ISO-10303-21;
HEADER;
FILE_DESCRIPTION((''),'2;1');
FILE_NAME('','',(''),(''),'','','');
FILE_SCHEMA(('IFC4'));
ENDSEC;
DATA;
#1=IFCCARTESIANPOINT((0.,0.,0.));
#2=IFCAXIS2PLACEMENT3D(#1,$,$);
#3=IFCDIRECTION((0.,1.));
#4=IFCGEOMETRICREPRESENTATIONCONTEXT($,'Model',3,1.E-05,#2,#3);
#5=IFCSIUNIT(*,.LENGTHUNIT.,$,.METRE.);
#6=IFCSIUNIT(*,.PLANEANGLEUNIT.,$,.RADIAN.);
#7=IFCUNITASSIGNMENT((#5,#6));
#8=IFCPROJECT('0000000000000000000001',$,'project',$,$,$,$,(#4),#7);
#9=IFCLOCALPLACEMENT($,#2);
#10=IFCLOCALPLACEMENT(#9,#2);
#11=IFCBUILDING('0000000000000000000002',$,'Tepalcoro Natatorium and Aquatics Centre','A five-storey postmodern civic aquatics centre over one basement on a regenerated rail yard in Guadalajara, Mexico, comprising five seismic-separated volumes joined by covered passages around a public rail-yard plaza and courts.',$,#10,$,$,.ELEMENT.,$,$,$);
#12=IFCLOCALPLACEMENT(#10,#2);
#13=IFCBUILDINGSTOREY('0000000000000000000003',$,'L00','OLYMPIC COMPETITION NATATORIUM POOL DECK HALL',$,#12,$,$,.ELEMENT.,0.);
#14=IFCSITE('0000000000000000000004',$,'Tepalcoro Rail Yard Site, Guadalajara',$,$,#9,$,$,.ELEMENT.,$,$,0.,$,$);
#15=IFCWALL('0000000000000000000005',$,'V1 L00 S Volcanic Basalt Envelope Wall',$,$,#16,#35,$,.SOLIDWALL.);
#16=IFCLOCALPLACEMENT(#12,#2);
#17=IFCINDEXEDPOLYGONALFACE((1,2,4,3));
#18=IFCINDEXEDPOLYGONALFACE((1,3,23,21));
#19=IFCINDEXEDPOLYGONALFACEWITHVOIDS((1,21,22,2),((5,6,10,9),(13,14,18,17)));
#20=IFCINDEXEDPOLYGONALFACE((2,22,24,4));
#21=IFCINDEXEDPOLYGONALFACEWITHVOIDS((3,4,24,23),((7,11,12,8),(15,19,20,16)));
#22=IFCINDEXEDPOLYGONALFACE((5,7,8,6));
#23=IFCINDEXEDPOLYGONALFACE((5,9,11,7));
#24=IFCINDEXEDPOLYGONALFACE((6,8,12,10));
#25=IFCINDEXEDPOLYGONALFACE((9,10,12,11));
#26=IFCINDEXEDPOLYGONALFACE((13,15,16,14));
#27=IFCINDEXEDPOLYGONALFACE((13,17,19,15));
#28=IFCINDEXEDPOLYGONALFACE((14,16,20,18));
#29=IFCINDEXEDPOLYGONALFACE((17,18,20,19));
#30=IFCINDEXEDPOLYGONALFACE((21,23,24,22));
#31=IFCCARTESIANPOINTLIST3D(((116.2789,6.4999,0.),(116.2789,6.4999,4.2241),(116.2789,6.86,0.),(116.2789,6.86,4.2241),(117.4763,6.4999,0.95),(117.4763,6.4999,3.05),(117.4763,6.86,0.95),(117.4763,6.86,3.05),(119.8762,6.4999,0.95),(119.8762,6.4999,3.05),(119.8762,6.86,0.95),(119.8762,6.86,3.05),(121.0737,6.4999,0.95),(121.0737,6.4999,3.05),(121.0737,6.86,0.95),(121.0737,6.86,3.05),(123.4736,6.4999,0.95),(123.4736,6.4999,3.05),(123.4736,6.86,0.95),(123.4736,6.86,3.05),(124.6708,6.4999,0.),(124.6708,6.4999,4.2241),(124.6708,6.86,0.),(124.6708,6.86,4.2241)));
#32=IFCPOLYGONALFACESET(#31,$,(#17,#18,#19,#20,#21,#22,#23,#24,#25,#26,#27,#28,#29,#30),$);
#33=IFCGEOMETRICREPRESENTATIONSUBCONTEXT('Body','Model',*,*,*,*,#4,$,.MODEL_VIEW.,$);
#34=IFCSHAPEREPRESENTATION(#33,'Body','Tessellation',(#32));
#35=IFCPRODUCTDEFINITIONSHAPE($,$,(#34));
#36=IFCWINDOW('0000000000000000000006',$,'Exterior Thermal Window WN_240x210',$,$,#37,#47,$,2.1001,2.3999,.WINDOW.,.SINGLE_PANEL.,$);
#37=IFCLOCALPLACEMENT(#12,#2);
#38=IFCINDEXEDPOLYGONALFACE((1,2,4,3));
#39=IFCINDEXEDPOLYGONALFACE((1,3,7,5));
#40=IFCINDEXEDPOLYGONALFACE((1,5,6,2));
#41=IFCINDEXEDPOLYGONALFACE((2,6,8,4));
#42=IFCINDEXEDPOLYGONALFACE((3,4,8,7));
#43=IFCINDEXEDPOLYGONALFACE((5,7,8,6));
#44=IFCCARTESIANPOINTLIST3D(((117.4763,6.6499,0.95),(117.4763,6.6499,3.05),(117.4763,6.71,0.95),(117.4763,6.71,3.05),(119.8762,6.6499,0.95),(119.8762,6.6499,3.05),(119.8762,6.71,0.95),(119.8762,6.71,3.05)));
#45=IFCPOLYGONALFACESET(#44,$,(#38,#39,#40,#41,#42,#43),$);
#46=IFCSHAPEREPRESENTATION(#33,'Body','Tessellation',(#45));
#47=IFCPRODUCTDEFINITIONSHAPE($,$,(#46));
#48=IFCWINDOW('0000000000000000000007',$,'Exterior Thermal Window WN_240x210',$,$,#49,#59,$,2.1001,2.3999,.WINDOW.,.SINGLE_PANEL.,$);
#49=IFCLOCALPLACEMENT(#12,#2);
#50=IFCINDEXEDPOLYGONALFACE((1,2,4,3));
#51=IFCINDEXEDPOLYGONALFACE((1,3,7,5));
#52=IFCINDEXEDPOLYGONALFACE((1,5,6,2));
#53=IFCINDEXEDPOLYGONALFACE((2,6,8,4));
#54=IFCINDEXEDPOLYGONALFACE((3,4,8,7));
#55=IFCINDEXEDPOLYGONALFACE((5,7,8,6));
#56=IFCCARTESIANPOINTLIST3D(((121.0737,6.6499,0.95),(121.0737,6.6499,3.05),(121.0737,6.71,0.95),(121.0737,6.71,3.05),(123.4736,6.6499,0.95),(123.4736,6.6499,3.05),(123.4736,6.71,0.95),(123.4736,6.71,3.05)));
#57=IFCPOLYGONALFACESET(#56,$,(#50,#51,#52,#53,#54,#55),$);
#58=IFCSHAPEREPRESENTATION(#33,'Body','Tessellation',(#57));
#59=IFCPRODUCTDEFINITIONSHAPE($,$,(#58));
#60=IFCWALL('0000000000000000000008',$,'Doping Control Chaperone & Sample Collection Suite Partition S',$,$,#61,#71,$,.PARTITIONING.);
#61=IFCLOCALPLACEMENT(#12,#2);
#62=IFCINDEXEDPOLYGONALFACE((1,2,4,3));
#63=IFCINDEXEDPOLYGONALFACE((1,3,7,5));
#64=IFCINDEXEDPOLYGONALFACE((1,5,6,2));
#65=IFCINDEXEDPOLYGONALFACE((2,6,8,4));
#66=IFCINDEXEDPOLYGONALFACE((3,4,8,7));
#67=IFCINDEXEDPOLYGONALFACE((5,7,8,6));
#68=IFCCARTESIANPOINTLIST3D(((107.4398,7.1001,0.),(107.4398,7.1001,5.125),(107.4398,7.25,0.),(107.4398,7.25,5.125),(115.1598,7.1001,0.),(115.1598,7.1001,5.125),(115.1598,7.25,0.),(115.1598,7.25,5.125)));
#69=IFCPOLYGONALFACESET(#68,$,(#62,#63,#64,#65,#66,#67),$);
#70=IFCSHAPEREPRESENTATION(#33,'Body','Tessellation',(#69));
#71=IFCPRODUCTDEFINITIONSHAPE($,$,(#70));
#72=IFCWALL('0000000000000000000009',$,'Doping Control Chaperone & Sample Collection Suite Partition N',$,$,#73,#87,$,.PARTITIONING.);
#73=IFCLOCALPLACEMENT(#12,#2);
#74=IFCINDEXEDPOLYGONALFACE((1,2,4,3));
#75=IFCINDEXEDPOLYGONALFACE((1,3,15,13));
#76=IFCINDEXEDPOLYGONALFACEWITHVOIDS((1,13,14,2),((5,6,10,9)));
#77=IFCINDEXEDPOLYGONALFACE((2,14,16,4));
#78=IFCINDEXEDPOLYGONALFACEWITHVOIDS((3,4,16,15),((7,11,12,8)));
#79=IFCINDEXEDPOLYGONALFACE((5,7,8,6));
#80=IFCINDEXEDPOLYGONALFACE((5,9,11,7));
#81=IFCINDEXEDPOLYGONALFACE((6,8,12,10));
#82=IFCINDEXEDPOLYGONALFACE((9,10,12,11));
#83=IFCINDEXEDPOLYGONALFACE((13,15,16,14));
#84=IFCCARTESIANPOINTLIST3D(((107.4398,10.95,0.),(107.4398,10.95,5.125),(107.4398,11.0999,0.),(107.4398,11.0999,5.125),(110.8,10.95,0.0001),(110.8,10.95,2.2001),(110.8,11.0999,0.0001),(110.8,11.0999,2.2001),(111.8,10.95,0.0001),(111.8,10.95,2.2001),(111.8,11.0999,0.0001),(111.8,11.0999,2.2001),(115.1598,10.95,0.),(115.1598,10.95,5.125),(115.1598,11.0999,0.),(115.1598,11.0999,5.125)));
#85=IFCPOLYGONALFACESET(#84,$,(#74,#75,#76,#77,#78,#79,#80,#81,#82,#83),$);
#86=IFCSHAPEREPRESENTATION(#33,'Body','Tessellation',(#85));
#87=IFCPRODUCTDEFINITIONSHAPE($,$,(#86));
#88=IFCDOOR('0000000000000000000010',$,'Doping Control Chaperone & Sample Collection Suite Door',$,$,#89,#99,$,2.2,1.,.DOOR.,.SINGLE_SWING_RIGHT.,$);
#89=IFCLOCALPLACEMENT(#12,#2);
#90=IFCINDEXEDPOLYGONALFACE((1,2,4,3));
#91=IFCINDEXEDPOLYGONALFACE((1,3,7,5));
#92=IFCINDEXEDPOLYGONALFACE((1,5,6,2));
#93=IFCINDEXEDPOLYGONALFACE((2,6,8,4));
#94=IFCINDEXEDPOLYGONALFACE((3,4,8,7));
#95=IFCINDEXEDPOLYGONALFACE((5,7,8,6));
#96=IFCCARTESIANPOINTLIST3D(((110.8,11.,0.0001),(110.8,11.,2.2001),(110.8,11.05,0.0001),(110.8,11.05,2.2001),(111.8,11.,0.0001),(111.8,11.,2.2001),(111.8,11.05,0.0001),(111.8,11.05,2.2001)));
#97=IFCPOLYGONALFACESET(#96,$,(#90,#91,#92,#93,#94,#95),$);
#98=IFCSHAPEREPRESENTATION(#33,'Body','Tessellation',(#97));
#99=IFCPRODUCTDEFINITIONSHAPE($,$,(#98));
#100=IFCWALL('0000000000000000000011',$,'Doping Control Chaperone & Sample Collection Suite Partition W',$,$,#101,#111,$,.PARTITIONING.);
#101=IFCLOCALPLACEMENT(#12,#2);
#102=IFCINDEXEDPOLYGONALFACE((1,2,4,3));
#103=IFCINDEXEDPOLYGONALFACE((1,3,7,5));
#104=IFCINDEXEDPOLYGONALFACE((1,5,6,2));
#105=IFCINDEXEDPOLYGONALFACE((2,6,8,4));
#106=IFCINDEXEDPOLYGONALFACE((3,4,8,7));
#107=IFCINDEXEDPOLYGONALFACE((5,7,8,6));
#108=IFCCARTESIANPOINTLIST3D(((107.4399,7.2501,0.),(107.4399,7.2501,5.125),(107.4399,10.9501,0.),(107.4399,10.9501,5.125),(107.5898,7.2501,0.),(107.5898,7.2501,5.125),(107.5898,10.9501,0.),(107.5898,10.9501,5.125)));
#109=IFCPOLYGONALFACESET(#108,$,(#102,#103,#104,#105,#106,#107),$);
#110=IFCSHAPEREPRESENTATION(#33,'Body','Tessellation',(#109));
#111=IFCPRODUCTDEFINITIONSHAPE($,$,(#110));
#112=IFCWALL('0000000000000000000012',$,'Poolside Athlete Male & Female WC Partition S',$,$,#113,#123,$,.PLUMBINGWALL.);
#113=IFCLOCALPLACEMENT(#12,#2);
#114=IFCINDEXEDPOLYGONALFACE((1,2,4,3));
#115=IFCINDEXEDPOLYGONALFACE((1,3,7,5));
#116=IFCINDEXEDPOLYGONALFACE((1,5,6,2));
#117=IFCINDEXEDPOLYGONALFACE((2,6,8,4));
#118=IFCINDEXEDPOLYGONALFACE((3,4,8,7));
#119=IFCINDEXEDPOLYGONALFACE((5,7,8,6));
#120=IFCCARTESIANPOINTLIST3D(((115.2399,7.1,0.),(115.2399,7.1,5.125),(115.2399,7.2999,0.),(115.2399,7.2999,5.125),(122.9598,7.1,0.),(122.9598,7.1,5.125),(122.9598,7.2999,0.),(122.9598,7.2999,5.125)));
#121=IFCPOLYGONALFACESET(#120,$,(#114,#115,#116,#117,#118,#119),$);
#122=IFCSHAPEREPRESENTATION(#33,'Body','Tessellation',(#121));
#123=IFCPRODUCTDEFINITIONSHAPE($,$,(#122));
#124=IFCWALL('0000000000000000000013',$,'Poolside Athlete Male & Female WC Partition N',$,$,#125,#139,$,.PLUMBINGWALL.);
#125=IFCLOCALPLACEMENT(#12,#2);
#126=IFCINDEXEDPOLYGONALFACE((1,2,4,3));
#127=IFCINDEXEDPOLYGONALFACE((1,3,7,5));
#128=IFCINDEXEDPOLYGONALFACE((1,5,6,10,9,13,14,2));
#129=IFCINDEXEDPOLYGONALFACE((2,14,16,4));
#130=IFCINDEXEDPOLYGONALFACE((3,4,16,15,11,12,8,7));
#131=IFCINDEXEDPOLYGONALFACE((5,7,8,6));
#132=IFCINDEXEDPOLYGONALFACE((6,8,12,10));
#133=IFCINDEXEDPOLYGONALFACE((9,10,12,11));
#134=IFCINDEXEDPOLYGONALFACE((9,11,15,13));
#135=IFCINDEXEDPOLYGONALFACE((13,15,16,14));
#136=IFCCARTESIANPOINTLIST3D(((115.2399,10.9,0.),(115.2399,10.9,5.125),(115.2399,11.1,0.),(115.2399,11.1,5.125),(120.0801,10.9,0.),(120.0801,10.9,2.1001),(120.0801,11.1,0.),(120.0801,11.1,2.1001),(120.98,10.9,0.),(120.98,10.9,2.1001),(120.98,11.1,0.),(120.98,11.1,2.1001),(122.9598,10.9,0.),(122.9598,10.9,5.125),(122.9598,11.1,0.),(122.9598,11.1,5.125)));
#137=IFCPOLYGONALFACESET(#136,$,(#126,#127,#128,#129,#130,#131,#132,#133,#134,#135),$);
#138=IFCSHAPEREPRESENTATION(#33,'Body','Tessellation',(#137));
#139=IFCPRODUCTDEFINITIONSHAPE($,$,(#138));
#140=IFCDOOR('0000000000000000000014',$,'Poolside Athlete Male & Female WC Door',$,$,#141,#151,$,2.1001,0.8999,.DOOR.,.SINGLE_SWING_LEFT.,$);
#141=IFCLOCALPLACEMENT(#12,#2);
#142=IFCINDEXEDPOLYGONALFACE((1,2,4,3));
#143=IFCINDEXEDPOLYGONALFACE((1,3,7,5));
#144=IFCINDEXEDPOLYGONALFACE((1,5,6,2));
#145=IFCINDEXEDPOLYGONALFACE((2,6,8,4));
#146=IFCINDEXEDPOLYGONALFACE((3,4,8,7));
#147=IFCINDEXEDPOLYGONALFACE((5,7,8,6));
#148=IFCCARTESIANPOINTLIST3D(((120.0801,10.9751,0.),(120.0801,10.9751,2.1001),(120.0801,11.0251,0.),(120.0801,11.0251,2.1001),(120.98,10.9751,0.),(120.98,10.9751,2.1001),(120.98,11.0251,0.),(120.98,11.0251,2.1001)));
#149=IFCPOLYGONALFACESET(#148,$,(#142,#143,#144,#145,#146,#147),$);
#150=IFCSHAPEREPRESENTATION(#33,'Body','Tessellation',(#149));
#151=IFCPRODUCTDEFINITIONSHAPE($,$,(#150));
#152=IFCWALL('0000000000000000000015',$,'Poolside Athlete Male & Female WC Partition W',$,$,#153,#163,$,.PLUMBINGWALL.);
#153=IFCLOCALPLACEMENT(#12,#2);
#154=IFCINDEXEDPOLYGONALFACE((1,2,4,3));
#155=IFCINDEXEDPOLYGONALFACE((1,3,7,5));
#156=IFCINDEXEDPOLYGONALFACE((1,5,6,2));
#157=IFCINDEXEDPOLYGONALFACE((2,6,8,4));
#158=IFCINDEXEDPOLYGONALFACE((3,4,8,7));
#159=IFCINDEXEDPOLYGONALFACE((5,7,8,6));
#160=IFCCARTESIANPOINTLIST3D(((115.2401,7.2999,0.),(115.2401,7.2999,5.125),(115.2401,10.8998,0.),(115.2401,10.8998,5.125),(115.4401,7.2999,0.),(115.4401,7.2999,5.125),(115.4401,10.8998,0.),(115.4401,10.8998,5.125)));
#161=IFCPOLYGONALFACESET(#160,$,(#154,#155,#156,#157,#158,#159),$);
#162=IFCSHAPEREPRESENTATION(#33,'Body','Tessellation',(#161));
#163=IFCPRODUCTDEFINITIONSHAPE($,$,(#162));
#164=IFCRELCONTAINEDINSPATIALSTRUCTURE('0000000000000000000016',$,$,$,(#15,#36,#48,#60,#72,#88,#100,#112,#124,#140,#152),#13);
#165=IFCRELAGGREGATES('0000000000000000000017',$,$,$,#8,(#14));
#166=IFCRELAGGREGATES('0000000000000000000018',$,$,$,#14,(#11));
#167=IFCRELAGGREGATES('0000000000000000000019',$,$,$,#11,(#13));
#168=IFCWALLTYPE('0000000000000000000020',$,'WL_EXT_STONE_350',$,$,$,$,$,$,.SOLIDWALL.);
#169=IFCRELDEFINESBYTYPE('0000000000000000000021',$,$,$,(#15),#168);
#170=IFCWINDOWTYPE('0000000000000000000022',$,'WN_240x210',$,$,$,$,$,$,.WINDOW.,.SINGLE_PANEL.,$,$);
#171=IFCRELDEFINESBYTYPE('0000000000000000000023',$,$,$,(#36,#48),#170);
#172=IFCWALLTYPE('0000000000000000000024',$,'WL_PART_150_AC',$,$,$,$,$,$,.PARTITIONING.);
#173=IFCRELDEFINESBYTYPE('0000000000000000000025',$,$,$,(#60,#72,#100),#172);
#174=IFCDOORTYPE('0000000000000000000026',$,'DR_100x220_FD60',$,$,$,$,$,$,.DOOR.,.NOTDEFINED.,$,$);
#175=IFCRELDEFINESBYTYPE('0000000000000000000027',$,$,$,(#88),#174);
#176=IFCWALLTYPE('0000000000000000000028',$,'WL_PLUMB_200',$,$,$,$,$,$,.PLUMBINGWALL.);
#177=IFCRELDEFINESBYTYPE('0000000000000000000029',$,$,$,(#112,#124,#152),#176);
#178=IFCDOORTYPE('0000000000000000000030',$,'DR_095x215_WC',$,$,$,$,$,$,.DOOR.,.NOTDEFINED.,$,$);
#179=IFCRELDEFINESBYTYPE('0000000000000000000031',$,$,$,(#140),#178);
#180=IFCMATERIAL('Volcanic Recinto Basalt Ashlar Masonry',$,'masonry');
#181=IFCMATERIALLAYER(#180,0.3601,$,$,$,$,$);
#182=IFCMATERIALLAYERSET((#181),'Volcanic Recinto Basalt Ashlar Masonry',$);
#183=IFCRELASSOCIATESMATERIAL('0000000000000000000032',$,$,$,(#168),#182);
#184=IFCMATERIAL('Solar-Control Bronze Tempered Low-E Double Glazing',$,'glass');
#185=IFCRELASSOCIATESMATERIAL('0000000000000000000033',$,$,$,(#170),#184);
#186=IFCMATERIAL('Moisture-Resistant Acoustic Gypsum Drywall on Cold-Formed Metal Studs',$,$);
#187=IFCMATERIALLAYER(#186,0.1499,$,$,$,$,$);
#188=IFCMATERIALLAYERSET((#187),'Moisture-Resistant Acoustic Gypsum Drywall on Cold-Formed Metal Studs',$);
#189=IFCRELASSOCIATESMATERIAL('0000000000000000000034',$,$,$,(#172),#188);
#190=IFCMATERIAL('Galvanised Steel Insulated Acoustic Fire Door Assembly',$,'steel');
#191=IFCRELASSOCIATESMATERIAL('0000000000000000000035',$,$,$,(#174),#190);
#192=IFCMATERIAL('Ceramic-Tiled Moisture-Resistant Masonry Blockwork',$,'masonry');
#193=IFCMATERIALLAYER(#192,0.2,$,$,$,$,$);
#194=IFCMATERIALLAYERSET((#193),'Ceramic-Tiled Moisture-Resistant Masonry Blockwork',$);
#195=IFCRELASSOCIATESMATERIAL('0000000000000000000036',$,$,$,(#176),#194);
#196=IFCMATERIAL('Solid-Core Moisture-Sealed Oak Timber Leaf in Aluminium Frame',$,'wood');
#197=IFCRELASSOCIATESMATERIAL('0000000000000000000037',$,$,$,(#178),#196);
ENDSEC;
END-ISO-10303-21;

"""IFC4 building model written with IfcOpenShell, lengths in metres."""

from ifc_helpers import new_model, si_unit, direction, frame, frame_2d, origin, place, context, subcontext, project, spatial, rectangle, extrude, material, layer, layer_set, type_object, element, fill, save


model = new_model("IFC4")

# Units and contexts
model_context = context("Model", 3, precision=1e-05, world=origin(), true_north=direction((0.0, 1.0)))
body_context = subcontext(model_context, "Body", "Model", "MODEL_VIEW")
ifc_project = project(units=[si_unit("LENGTHUNIT", "METRE"), si_unit("PLANEANGLEUNIT", "RADIAN")], contexts=[model_context])

# Site, building, storey
site_placement = place(None, origin())
site = spatial("IfcSite", under=ifc_project, at=site_placement, Name="Tepalcoro Rail Yard Site, Guadalajara", CompositionType="ELEMENT", RefElevation=0.0)
building_placement = place(site_placement, origin())
building = spatial("IfcBuilding", under=site, at=building_placement, Name="Tepalcoro Natatorium and Aquatics Centre", Description="A five-storey postmodern civic aquatics centre over one basement on a regenerated rail yard in Guadalajara, Mexico, comprising five seismic-separated volumes joined by covered passages around a public rail-yard plaza and courts.", CompositionType="ELEMENT")
storey_placement = place(building_placement, origin())
storey = spatial("IfcBuildingStorey", under=building, at=storey_placement, Name="L00", Description="OLYMPIC COMPETITION NATATORIUM POOL DECK HALL", CompositionType="ELEMENT", Elevation=0.0)

# Wall, openings, windows
ifc_material_1 = material(Name="Volcanic Recinto Basalt Ashlar Masonry", Category="masonry")
ifc_layer_1 = layer(ifc_material_1, 0.3601)
ifc_layer_set_1 = layer_set([ifc_layer_1], Name="Volcanic Recinto Basalt Ashlar Masonry")
wall_type_1 = type_object("IfcWallType", Name="WL_EXT_STONE_350", PredefinedType="SOLIDWALL", material=ifc_layer_set_1)
wall_1_placement = place(storey_placement, frame((116.2791, 6.6799, 0.0), z_axis=(0.0, 0.0, 1.0), x_axis=(1.0, 0.0, 0.0)))
wall_1 = element("IfcWall", 1, at=wall_1_placement, inside=storey, type_object=wall_type_1, Name="V1 L00 S Volcanic Basalt Envelope Wall", PredefinedType="SOLIDWALL", context=body_context, shape_type="SweptSolid", body=[
    extrude(rectangle(XDim=8.3918, YDim=0.3601, at=frame_2d((4.1958, 0.0))), origin(), (0.0, 0.0, 1.0), 4.2241),
])
opening_1_placement = place(wall_1_placement, frame((1.1973, 0.0, 0.95)))
opening_1 = element("IfcOpeningElement", 2, at=opening_1_placement, cuts=wall_1, PredefinedType="OPENING", context=body_context, shape_type="SweptSolid", body=[
    extrude(rectangle(XDim=2.3999, YDim=2.1001, at=frame_2d((1.2, 1.05))), frame((0.0, 0.1919, 0.0), z_axis=(0.0, -1.0, 0.0), x_axis=(1.0, 0.0, 0.0)), (0.0, 0.0, 1.0), 0.384),
])
opening_2_placement = place(wall_1_placement, frame((4.7947, 0.0, 0.95)))
opening_2 = element("IfcOpeningElement", 3, at=opening_2_placement, cuts=wall_1, PredefinedType="OPENING", context=body_context, shape_type="SweptSolid", body=[
    extrude(rectangle(XDim=2.3999, YDim=2.1001, at=frame_2d((1.2, 1.05))), frame((0.0, 0.1919, 0.0), z_axis=(0.0, -1.0, 0.0), x_axis=(1.0, 0.0, 0.0)), (0.0, 0.0, 1.0), 0.384),
])
ifc_material_2 = material(Name="Solar-Control Bronze Tempered Low-E Double Glazing", Category="glass")
window_type = type_object("IfcWindowType", Name="WN_240x210", PartitioningType="SINGLE_PANEL", PredefinedType="WINDOW", material=ifc_material_2)
window_1_placement = place(opening_1_placement, origin())
window_1 = element("IfcWindow", 4, at=window_1_placement, inside=storey, type_object=window_type, Name="Exterior Thermal Window WN_240x210", OverallHeight=2.1001, OverallWidth=2.3999, PartitioningType="SINGLE_PANEL", PredefinedType="WINDOW", context=body_context, shape_type="SweptSolid", body=[
    extrude(rectangle(XDim=2.3999, YDim=2.1001, at=frame_2d((1.2, 1.05))), frame((0.0, 0.03, 0.0), z_axis=(0.0, -1.0, 0.0), x_axis=(1.0, 0.0, 0.0)), (0.0, 0.0, 1.0), 0.0601),
])
fill(opening_1, window_1)
window_2_placement = place(opening_2_placement, origin())
window_2 = element("IfcWindow", 5, at=window_2_placement, inside=storey, type_object=window_type, Name="Exterior Thermal Window WN_240x210", OverallHeight=2.1001, OverallWidth=2.3999, PartitioningType="SINGLE_PANEL", PredefinedType="WINDOW", context=body_context, shape_type="SweptSolid", body=[
    extrude(rectangle(XDim=2.3999, YDim=2.1001, at=frame_2d((1.2, 1.05))), frame((0.0, 0.03, 0.0), z_axis=(0.0, -1.0, 0.0), x_axis=(1.0, 0.0, 0.0)), (0.0, 0.0, 1.0), 0.0601),
])
fill(opening_2, window_2)

# Wall
ifc_material_3 = material(Name="Moisture-Resistant Acoustic Gypsum Drywall on Cold-Formed Metal Studs")
ifc_layer_2 = layer(ifc_material_3, 0.1499)
ifc_layer_set_2 = layer_set([ifc_layer_2], Name="Moisture-Resistant Acoustic Gypsum Drywall on Cold-Formed Metal Studs")
wall_type_2 = type_object("IfcWallType", Name="WL_PART_150_AC", PredefinedType="PARTITIONING", material=ifc_layer_set_2)
wall_2_placement = place(storey_placement, frame((107.4399, 7.175, 0.0), z_axis=(0.0, 0.0, 1.0), x_axis=(1.0, 0.0, 0.0)))
element("IfcWall", 6, at=wall_2_placement, inside=storey, type_object=wall_type_2, Name="Doping Control Chaperone & Sample Collection Suite Partition S", PredefinedType="PARTITIONING", context=body_context, shape_type="SweptSolid", body=[
    extrude(rectangle(XDim=7.72, YDim=0.1499, at=frame_2d((3.8599, 0.0))), origin(), (0.0, 0.0, 1.0), 5.125),
])

# Wall, opening, door
wall_3_placement = place(storey_placement, frame((107.4399, 11.0249, 0.0), z_axis=(0.0, 0.0, 1.0), x_axis=(1.0, 0.0, 0.0)))
wall_3 = element("IfcWall", 7, at=wall_3_placement, inside=storey, type_object=wall_type_2, Name="Doping Control Chaperone & Sample Collection Suite Partition N", PredefinedType="PARTITIONING", context=body_context, shape_type="SweptSolid", body=[
    extrude(rectangle(XDim=7.72, YDim=0.1499, at=frame_2d((3.8599, 0.0))), origin(), (0.0, 0.0, 1.0), 5.125),
])
opening_3_placement = place(wall_3_placement, frame((3.3601, 0.0, 0.0)))
opening_3 = element("IfcOpeningElement", 8, at=opening_3_placement, cuts=wall_3, PredefinedType="OPENING", context=body_context, shape_type="SweptSolid", body=[
    extrude(rectangle(XDim=1.0, YDim=2.2, at=frame_2d((0.5, 1.1001))), frame((0.0, 0.0869, 0.0), z_axis=(0.0, -1.0, 0.0), x_axis=(1.0, 0.0, 0.0)), (0.0, 0.0, 1.0), 0.1738),
])
ifc_material_4 = material(Name="Galvanised Steel Insulated Acoustic Fire Door Assembly", Category="steel")
door_type_1 = type_object("IfcDoorType", Name="DR_100x220_FD60", OperationType="NOTDEFINED", PredefinedType="DOOR", material=ifc_material_4)
door_1_placement = place(opening_3_placement, frame((1.0, 0.0, 0.0), z_axis=(0.0, 0.0, 1.0), x_axis=(-1.0, 0.0, 0.0)))
door_1 = element("IfcDoor", 9, at=door_1_placement, inside=storey, type_object=door_type_1, Name="Doping Control Chaperone & Sample Collection Suite Door", OperationType="SINGLE_SWING_RIGHT", OverallHeight=2.2, OverallWidth=1.0, PredefinedType="DOOR", context=body_context, shape_type="SweptSolid", body=[
    extrude(rectangle(XDim=1.0, YDim=2.2, at=frame_2d((0.5, 1.1001))), frame((0.0, 0.0249, 0.0), z_axis=(0.0, -1.0, 0.0), x_axis=(1.0, 0.0, 0.0)), (0.0, 0.0, 1.0), 0.05),
])
fill(opening_3, door_1)

# Walls
wall_4_placement = place(storey_placement, frame((107.5149, 7.25, 0.0), z_axis=(0.0, 0.0, 1.0), x_axis=(0.0, 1.0, 0.0)))
element("IfcWall", 10, at=wall_4_placement, inside=storey, type_object=wall_type_2, Name="Doping Control Chaperone & Sample Collection Suite Partition W", PredefinedType="PARTITIONING", context=body_context, shape_type="SweptSolid", body=[
    extrude(rectangle(XDim=3.7, YDim=0.1499, at=frame_2d((1.8501, 0.0))), origin(), (0.0, 0.0, 1.0), 5.125),
])
ifc_material_5 = material(Name="Ceramic-Tiled Moisture-Resistant Masonry Blockwork", Category="masonry")
ifc_layer_3 = layer(ifc_material_5, 0.2)
ifc_layer_set_3 = layer_set([ifc_layer_3], Name="Ceramic-Tiled Moisture-Resistant Masonry Blockwork")
wall_type_3 = type_object("IfcWallType", Name="WL_PLUMB_200", PredefinedType="PLUMBINGWALL", material=ifc_layer_set_3)
wall_5_placement = place(storey_placement, frame((115.24, 7.2, 0.0), z_axis=(0.0, 0.0, 1.0), x_axis=(1.0, 0.0, 0.0)))
element("IfcWall", 11, at=wall_5_placement, inside=storey, type_object=wall_type_3, Name="Poolside Athlete Male & Female WC Partition S", PredefinedType="PLUMBINGWALL", context=body_context, shape_type="SweptSolid", body=[
    extrude(rectangle(XDim=7.72, YDim=0.2, at=frame_2d((3.8599, 0.0))), origin(), (0.0, 0.0, 1.0), 5.125),
])

# Wall, opening, door
wall_6_placement = place(storey_placement, frame((115.24, 11.0, 0.0), z_axis=(0.0, 0.0, 1.0), x_axis=(1.0, 0.0, 0.0)))
wall_6 = element("IfcWall", 12, at=wall_6_placement, inside=storey, type_object=wall_type_3, Name="Poolside Athlete Male & Female WC Partition N", PredefinedType="PLUMBINGWALL", context=body_context, shape_type="SweptSolid", body=[
    extrude(rectangle(XDim=7.72, YDim=0.2, at=frame_2d((3.8599, 0.0))), origin(), (0.0, 0.0, 1.0), 5.125),
])
opening_4_placement = place(wall_6_placement, frame((4.8401, 0.0, 0.0)))
opening_4 = element("IfcOpeningElement", 13, at=opening_4_placement, cuts=wall_6, PredefinedType="OPENING", context=body_context, shape_type="SweptSolid", body=[
    extrude(rectangle(XDim=0.8999, YDim=2.1001, at=frame_2d((0.45, 1.05))), frame((0.0, 0.1118, 0.0), z_axis=(0.0, -1.0, 0.0), x_axis=(1.0, 0.0, 0.0)), (0.0, 0.0, 1.0), 0.2239),
])
ifc_material_6 = material(Name="Solid-Core Moisture-Sealed Oak Timber Leaf in Aluminium Frame", Category="wood")
door_type_2 = type_object("IfcDoorType", Name="DR_095x215_WC", OperationType="NOTDEFINED", PredefinedType="DOOR", material=ifc_material_6)
door_2_placement = place(opening_4_placement, frame((0.8999, 0.0, 0.0), z_axis=(0.0, 0.0, 1.0), x_axis=(-1.0, 0.0, 0.0)))
door_2 = element("IfcDoor", 14, at=door_2_placement, inside=storey, type_object=door_type_2, Name="Poolside Athlete Male & Female WC Door", OperationType="SINGLE_SWING_LEFT", OverallHeight=2.1001, OverallWidth=0.8999, PredefinedType="DOOR", context=body_context, shape_type="SweptSolid", body=[
    extrude(rectangle(XDim=0.8999, YDim=2.1001, at=frame_2d((0.45, 1.05))), frame((0.0, 0.0249, 0.0), z_axis=(0.0, -1.0, 0.0), x_axis=(1.0, 0.0, 0.0)), (0.0, 0.0, 1.0), 0.05),
])
fill(opening_4, door_2)

# Wall
wall_7_placement = place(storey_placement, frame((115.3401, 7.3, 0.0), z_axis=(0.0, 0.0, 1.0), x_axis=(0.0, 1.0, 0.0)))
element("IfcWall", 15, at=wall_7_placement, inside=storey, type_object=wall_type_3, Name="Poolside Athlete Male & Female WC Partition W", PredefinedType="PLUMBINGWALL", context=body_context, shape_type="SweptSolid", body=[
    extrude(rectangle(XDim=3.5999, YDim=0.2, at=frame_2d((1.7998, 0.0))), origin(), (0.0, 0.0, 1.0), 5.125),
])

save(model, "model.ifc")
